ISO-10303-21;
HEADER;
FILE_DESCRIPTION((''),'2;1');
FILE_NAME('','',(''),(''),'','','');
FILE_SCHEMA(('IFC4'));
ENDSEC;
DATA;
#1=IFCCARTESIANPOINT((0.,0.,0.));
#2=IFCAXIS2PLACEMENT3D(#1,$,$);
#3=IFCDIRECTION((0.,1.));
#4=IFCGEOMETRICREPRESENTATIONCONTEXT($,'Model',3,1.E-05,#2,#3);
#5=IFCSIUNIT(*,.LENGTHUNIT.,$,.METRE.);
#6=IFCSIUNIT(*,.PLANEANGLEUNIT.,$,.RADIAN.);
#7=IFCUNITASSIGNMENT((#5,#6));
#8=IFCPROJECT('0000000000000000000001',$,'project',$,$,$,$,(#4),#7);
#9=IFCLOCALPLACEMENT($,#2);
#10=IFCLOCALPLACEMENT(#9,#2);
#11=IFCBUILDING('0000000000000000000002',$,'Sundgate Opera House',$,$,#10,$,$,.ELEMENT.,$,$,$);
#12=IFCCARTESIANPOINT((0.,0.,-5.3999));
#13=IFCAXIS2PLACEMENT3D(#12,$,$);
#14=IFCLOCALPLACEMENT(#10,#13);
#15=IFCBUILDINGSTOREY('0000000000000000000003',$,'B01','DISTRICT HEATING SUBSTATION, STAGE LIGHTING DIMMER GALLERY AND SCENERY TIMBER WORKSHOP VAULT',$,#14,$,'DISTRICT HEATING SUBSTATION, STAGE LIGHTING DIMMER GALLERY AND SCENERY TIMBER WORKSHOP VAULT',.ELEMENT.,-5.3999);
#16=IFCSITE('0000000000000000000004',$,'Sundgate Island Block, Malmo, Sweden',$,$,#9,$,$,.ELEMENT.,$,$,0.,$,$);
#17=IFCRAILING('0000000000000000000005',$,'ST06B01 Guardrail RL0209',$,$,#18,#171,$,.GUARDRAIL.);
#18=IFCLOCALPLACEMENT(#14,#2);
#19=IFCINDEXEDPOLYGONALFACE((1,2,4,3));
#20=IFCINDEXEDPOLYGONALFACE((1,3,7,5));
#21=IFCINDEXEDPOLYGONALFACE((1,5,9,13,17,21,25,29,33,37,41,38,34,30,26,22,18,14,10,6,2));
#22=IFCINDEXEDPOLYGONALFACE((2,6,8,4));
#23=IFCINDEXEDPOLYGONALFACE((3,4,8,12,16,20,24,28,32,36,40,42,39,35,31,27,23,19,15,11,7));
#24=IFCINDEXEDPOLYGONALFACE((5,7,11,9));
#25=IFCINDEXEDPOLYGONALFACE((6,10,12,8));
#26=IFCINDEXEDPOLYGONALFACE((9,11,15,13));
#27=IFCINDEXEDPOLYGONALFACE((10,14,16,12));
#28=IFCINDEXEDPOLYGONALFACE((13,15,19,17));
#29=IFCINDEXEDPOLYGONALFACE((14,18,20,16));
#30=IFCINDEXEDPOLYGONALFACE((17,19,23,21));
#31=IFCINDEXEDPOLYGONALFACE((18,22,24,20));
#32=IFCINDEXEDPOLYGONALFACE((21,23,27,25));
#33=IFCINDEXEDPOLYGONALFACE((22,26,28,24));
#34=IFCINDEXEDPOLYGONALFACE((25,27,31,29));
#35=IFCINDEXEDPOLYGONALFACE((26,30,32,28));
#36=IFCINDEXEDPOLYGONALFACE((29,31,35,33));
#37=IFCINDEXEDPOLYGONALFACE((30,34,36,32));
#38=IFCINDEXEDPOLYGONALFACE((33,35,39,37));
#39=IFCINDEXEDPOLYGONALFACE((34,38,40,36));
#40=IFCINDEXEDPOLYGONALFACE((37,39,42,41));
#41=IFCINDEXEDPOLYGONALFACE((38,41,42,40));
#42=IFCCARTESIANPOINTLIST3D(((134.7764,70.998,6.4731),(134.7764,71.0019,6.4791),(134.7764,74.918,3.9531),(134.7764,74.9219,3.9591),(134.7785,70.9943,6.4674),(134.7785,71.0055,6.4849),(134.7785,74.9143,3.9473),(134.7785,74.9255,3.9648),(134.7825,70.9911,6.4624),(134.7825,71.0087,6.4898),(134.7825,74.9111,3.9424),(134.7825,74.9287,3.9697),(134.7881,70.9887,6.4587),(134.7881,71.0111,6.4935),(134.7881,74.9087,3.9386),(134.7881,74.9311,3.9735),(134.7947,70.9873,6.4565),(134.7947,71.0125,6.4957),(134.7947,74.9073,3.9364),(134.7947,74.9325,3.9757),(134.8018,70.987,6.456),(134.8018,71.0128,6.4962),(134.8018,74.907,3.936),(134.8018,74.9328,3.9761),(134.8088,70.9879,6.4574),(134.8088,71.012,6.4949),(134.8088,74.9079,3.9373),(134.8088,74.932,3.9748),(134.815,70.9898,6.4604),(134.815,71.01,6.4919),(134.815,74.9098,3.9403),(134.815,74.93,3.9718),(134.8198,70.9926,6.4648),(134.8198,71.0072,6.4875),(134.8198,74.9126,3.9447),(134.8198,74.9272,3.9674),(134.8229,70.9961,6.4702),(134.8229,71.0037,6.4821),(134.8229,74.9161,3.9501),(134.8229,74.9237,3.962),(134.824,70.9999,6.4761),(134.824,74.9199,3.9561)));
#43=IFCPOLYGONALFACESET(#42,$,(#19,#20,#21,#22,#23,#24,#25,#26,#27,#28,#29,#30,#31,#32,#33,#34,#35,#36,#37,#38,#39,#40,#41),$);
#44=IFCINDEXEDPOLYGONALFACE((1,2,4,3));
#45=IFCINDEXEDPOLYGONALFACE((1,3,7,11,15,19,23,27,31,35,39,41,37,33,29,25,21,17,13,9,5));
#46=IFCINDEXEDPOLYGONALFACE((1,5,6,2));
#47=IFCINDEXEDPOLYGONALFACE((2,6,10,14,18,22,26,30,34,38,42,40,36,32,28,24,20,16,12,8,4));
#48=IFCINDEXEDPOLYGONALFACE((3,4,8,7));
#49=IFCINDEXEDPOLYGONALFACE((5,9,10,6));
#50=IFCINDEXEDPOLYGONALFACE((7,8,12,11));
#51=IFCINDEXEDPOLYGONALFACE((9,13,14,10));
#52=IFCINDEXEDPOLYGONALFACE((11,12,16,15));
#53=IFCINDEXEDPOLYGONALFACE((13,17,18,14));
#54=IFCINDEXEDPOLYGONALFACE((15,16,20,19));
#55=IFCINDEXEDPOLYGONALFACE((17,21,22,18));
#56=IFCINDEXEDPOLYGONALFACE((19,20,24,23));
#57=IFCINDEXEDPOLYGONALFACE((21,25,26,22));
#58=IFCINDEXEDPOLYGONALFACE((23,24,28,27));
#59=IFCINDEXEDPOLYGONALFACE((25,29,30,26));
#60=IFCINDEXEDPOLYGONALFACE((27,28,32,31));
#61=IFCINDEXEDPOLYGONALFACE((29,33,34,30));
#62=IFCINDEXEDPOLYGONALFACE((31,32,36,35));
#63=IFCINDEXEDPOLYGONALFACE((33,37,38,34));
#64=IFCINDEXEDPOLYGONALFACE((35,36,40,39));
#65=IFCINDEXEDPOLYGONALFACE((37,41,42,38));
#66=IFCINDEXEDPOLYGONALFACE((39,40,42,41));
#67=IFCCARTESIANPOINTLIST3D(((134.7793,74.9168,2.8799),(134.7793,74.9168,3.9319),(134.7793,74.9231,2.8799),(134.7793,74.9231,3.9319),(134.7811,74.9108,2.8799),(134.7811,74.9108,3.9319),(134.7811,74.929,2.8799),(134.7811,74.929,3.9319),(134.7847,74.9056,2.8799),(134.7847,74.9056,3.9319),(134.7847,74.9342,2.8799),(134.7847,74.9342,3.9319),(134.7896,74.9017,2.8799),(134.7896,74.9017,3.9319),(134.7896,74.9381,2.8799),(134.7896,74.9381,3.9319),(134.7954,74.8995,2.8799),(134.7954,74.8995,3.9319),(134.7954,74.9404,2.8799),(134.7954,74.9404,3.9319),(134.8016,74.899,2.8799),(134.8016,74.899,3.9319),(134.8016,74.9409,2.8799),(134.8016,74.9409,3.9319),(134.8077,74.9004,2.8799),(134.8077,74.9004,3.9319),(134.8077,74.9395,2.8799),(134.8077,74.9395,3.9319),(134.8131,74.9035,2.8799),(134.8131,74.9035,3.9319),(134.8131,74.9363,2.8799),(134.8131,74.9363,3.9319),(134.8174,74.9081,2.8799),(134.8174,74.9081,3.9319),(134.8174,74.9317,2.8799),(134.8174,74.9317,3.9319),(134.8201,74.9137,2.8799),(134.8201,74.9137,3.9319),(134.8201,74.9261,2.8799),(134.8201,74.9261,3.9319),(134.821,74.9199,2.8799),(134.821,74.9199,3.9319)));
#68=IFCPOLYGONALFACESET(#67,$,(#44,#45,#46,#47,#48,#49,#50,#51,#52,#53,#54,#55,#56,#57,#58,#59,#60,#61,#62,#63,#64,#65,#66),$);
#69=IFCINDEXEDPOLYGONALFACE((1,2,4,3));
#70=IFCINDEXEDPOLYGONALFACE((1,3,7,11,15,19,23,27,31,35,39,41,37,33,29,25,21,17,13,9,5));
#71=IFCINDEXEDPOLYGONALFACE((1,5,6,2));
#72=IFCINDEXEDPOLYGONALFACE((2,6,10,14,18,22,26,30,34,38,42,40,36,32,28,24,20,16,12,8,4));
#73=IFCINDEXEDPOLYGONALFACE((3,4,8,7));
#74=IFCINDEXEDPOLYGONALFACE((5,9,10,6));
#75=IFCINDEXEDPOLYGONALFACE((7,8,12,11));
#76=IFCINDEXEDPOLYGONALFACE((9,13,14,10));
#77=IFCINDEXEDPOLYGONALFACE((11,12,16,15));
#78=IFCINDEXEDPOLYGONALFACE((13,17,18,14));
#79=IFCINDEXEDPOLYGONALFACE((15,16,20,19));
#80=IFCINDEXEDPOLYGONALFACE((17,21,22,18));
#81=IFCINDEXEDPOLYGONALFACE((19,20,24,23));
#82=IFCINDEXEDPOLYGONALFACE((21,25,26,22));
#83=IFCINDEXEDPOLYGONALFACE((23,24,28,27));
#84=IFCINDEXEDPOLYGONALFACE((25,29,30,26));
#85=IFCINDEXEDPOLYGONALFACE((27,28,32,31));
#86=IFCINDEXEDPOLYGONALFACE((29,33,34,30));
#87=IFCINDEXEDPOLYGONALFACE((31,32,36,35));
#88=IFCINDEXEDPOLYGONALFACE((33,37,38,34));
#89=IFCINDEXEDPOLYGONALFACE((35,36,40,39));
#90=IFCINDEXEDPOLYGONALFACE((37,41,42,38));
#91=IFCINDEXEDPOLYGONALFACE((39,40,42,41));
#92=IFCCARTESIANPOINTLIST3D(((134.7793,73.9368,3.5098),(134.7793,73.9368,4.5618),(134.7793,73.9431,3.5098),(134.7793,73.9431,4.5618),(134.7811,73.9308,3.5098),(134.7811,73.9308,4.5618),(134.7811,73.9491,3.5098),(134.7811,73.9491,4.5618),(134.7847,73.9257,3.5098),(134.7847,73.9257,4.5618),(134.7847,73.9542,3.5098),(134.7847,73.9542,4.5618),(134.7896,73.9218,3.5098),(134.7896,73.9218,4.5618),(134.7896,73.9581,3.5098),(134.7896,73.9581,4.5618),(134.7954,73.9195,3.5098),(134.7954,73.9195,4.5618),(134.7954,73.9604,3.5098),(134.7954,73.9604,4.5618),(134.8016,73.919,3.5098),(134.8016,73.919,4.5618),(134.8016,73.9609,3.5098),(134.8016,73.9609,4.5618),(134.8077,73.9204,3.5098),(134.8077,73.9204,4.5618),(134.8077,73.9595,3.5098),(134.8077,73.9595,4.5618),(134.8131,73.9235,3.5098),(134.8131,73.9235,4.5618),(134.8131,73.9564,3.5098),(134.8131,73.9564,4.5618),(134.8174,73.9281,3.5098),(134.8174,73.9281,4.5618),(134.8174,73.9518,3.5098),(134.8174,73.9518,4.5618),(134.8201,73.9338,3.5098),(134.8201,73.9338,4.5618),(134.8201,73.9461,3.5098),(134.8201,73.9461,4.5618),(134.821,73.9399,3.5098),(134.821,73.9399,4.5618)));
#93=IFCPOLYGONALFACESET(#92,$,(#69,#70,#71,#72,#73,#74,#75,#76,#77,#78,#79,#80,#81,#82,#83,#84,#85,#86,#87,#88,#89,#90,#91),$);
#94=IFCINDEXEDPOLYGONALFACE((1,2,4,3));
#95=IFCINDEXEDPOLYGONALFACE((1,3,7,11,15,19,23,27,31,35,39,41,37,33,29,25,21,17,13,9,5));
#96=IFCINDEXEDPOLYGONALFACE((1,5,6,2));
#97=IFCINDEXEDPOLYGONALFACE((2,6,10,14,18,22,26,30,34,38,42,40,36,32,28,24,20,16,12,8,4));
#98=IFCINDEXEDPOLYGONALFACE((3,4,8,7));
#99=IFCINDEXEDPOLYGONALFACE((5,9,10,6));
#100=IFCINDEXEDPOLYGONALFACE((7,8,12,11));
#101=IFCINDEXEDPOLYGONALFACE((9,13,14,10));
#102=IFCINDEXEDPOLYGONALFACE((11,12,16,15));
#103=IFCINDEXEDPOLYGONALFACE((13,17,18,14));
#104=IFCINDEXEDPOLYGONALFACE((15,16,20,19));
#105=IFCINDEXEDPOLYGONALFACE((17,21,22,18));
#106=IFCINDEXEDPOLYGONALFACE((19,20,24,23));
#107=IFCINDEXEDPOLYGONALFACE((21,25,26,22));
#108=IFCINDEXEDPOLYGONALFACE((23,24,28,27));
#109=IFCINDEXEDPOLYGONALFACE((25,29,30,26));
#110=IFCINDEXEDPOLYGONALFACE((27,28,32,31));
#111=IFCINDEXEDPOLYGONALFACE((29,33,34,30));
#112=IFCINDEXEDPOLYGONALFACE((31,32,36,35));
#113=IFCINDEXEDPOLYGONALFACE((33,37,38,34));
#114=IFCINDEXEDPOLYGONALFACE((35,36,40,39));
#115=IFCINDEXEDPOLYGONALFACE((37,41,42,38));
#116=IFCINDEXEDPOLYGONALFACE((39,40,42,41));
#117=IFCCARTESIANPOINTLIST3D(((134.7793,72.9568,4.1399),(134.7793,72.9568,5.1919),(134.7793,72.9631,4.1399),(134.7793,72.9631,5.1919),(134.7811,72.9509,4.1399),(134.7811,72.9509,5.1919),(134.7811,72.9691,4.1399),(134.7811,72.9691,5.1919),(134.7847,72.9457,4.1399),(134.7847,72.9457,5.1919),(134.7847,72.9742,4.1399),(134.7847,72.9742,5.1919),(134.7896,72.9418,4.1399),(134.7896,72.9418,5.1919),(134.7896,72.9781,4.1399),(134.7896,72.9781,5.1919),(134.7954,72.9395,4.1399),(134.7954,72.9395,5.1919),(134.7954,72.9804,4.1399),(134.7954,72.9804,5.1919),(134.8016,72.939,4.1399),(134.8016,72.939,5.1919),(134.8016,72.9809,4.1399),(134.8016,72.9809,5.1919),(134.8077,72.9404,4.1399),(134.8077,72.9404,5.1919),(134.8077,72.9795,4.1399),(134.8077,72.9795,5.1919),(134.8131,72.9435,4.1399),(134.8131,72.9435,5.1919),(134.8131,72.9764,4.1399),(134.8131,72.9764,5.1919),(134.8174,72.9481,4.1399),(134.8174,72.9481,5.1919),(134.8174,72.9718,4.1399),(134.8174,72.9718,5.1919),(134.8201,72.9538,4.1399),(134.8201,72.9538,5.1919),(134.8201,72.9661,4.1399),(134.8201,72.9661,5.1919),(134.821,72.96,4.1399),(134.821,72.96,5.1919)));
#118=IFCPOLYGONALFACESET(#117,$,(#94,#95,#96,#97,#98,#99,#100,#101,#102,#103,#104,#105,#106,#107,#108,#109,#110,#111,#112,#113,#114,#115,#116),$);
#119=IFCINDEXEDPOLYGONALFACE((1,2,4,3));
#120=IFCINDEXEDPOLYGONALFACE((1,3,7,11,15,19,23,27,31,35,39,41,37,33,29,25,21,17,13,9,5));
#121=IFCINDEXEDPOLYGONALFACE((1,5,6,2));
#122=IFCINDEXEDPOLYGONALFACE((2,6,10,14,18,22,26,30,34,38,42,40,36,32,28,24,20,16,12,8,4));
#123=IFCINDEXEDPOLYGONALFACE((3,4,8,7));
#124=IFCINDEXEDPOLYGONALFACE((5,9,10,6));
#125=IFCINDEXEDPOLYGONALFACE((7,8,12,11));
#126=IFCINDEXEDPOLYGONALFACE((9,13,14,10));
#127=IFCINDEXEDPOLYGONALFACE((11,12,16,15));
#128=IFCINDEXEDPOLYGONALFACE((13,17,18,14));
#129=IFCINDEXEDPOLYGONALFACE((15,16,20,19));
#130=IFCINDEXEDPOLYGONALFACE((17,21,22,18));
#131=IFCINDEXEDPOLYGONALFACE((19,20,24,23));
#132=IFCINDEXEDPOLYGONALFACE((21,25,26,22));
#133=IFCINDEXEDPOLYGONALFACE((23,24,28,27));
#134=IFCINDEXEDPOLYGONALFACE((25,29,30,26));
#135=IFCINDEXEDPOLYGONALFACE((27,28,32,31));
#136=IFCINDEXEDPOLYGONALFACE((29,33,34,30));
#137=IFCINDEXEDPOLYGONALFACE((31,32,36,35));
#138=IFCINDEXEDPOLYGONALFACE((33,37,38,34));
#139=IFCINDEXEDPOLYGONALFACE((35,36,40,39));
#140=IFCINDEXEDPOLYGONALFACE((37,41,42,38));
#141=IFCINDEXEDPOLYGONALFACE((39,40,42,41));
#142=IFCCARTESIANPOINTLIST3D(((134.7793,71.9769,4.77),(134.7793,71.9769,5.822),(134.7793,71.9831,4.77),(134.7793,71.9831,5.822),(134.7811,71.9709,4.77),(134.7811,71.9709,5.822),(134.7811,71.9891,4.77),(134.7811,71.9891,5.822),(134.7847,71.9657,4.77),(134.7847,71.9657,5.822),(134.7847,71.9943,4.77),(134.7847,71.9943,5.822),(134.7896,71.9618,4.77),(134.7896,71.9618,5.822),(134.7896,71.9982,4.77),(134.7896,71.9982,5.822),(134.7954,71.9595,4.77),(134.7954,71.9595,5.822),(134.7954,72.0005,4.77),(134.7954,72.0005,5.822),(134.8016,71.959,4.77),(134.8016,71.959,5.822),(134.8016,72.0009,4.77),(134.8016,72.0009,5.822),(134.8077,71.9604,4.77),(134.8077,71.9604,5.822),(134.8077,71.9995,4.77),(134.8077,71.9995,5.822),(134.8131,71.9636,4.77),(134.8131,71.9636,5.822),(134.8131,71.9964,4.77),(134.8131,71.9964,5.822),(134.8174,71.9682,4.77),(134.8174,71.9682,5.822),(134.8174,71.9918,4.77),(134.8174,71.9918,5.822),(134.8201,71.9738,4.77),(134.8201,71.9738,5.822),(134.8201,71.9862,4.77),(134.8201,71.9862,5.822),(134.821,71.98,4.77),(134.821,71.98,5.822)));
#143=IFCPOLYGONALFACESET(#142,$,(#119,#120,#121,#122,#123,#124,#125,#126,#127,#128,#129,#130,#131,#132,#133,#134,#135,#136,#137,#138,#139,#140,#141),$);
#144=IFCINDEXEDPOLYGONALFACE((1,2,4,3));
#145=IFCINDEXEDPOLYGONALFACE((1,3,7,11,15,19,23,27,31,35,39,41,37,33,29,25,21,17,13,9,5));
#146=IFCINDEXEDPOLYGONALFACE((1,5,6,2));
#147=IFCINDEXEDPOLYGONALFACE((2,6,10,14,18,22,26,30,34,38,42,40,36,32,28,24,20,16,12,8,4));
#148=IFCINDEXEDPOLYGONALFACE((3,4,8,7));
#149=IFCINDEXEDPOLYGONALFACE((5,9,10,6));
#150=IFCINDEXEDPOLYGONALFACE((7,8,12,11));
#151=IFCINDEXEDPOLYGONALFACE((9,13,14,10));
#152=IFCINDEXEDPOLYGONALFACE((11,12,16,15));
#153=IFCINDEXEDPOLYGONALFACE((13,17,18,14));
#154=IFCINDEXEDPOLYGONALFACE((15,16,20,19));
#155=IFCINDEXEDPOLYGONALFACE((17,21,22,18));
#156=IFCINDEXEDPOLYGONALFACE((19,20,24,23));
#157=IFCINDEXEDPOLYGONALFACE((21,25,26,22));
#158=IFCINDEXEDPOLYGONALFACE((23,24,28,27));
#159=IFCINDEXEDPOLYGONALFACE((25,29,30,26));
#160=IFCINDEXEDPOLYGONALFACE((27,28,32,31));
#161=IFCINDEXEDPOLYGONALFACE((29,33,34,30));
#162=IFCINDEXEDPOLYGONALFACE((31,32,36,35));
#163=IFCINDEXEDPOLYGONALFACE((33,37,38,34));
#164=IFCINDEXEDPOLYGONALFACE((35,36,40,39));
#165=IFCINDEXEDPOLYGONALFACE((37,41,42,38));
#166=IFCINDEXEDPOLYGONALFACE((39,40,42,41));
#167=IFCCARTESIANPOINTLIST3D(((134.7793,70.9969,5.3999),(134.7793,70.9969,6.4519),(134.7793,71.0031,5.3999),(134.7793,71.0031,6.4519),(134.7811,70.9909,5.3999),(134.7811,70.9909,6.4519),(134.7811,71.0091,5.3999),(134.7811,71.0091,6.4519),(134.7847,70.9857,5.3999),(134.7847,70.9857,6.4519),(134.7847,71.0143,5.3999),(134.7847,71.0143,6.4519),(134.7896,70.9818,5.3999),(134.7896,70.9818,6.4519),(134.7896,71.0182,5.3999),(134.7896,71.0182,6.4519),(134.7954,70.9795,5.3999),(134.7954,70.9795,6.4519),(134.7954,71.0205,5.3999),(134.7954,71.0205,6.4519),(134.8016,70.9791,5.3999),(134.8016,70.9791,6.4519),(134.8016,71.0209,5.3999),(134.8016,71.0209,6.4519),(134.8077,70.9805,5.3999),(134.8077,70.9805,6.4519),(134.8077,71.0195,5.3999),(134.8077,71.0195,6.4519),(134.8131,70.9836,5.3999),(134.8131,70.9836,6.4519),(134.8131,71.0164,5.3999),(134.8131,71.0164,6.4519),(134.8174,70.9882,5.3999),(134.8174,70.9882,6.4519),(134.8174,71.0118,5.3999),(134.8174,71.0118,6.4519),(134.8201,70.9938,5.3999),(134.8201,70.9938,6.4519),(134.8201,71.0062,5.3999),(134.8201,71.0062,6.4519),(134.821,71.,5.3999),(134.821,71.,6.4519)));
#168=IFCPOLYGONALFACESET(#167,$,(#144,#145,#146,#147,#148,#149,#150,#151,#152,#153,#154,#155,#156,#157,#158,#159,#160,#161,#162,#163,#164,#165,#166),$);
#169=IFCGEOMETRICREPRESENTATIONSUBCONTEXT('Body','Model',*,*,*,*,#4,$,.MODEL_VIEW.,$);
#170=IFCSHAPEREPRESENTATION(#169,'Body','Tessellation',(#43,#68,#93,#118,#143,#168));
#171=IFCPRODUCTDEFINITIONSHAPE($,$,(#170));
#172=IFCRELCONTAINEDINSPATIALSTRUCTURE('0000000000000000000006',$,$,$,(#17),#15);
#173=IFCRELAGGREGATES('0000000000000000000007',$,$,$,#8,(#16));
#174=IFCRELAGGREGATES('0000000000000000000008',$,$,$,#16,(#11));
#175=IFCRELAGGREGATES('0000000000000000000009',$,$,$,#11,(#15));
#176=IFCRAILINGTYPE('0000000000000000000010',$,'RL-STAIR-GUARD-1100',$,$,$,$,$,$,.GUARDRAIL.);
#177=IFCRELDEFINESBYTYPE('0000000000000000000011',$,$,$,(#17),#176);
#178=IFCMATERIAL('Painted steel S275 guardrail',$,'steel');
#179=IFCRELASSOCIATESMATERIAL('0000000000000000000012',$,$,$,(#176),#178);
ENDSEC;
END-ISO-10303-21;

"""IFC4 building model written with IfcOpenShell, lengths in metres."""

from ifc_helpers import new_model, si_unit, direction, frame, origin, origin_2d, place, context, subcontext, project, spatial, circle, extrude, material, type_object, element, save


model = new_model("IFC4")

# Units and contexts
model_context = context("Model", 3, precision=1e-05, world=origin(), true_north=direction((0.0, 1.0)))
body_context = subcontext(model_context, "Body", "Model", "MODEL_VIEW")
ifc_project = project(units=[si_unit("LENGTHUNIT", "METRE"), si_unit("PLANEANGLEUNIT", "RADIAN")], contexts=[model_context])

# Site, building, storey
site_placement = place(None, origin())
site = spatial("IfcSite", under=ifc_project, at=site_placement, Name="Sundgate Island Block, Malmo, Sweden", CompositionType="ELEMENT", RefElevation=0.0)
building_placement = place(site_placement, origin())
building = spatial("IfcBuilding", under=site, at=building_placement, Name="Sundgate Opera House", CompositionType="ELEMENT")
storey_placement = place(building_placement, frame((0.0, 0.0, -5.3999)))
storey = spatial("IfcBuildingStorey", under=building, at=storey_placement, Name="B01", Description="DISTRICT HEATING SUBSTATION, STAGE LIGHTING DIMMER GALLERY AND SCENERY TIMBER WORKSHOP VAULT", LongName="DISTRICT HEATING SUBSTATION, STAGE LIGHTING DIMMER GALLERY AND SCENERY TIMBER WORKSHOP VAULT", CompositionType="ELEMENT", Elevation=-5.3999)

# Railing
ifc_material_1 = material(Name="Painted steel S275 guardrail", Category="steel")
railing_type_1 = type_object("IfcRailingType", Name="RL-STAIR-GUARD-1100", PredefinedType="GUARDRAIL", material=ifc_material_1)
railing_1_placement = place(storey_placement, frame((134.8, 74.9199, 2.8799)))
element("IfcRailing", 1, at=railing_1_placement, inside=storey, type_object=railing_type_1, Name="ST06B01 Guardrail RL0209", PredefinedType="GUARDRAIL", context=body_context, shape_type="SweptSolid", body=[
    extrude(circle(Radius=0.0239, at=origin_2d()), frame((0.0, 0.0, 1.0762), z_axis=(0.0, -0.841172, 0.540768), x_axis=(1.0, 0.0, 0.0)), (0.0, 0.0, 1.0), 4.6602),
    extrude(circle(Radius=0.021, at=origin_2d()), origin(), (0.0, 0.0, 1.0), 1.052),
    extrude(circle(Radius=0.021, at=origin_2d()), frame((0.0, -0.98, 0.6299)), (0.0, 0.0, 1.0), 1.052),
    extrude(circle(Radius=0.021, at=origin_2d()), frame((0.0, -1.96, 1.26)), (0.0, 0.0, 1.0), 1.052),
    extrude(circle(Radius=0.021, at=origin_2d()), frame((0.0, -2.9399, 1.8901)), (0.0, 0.0, 1.0), 1.052),
    extrude(circle(Radius=0.021, at=origin_2d()), frame((0.0, -3.9199, 2.52)), (0.0, 0.0, 1.0), 1.052),
])

save(model, "model.ifc")
